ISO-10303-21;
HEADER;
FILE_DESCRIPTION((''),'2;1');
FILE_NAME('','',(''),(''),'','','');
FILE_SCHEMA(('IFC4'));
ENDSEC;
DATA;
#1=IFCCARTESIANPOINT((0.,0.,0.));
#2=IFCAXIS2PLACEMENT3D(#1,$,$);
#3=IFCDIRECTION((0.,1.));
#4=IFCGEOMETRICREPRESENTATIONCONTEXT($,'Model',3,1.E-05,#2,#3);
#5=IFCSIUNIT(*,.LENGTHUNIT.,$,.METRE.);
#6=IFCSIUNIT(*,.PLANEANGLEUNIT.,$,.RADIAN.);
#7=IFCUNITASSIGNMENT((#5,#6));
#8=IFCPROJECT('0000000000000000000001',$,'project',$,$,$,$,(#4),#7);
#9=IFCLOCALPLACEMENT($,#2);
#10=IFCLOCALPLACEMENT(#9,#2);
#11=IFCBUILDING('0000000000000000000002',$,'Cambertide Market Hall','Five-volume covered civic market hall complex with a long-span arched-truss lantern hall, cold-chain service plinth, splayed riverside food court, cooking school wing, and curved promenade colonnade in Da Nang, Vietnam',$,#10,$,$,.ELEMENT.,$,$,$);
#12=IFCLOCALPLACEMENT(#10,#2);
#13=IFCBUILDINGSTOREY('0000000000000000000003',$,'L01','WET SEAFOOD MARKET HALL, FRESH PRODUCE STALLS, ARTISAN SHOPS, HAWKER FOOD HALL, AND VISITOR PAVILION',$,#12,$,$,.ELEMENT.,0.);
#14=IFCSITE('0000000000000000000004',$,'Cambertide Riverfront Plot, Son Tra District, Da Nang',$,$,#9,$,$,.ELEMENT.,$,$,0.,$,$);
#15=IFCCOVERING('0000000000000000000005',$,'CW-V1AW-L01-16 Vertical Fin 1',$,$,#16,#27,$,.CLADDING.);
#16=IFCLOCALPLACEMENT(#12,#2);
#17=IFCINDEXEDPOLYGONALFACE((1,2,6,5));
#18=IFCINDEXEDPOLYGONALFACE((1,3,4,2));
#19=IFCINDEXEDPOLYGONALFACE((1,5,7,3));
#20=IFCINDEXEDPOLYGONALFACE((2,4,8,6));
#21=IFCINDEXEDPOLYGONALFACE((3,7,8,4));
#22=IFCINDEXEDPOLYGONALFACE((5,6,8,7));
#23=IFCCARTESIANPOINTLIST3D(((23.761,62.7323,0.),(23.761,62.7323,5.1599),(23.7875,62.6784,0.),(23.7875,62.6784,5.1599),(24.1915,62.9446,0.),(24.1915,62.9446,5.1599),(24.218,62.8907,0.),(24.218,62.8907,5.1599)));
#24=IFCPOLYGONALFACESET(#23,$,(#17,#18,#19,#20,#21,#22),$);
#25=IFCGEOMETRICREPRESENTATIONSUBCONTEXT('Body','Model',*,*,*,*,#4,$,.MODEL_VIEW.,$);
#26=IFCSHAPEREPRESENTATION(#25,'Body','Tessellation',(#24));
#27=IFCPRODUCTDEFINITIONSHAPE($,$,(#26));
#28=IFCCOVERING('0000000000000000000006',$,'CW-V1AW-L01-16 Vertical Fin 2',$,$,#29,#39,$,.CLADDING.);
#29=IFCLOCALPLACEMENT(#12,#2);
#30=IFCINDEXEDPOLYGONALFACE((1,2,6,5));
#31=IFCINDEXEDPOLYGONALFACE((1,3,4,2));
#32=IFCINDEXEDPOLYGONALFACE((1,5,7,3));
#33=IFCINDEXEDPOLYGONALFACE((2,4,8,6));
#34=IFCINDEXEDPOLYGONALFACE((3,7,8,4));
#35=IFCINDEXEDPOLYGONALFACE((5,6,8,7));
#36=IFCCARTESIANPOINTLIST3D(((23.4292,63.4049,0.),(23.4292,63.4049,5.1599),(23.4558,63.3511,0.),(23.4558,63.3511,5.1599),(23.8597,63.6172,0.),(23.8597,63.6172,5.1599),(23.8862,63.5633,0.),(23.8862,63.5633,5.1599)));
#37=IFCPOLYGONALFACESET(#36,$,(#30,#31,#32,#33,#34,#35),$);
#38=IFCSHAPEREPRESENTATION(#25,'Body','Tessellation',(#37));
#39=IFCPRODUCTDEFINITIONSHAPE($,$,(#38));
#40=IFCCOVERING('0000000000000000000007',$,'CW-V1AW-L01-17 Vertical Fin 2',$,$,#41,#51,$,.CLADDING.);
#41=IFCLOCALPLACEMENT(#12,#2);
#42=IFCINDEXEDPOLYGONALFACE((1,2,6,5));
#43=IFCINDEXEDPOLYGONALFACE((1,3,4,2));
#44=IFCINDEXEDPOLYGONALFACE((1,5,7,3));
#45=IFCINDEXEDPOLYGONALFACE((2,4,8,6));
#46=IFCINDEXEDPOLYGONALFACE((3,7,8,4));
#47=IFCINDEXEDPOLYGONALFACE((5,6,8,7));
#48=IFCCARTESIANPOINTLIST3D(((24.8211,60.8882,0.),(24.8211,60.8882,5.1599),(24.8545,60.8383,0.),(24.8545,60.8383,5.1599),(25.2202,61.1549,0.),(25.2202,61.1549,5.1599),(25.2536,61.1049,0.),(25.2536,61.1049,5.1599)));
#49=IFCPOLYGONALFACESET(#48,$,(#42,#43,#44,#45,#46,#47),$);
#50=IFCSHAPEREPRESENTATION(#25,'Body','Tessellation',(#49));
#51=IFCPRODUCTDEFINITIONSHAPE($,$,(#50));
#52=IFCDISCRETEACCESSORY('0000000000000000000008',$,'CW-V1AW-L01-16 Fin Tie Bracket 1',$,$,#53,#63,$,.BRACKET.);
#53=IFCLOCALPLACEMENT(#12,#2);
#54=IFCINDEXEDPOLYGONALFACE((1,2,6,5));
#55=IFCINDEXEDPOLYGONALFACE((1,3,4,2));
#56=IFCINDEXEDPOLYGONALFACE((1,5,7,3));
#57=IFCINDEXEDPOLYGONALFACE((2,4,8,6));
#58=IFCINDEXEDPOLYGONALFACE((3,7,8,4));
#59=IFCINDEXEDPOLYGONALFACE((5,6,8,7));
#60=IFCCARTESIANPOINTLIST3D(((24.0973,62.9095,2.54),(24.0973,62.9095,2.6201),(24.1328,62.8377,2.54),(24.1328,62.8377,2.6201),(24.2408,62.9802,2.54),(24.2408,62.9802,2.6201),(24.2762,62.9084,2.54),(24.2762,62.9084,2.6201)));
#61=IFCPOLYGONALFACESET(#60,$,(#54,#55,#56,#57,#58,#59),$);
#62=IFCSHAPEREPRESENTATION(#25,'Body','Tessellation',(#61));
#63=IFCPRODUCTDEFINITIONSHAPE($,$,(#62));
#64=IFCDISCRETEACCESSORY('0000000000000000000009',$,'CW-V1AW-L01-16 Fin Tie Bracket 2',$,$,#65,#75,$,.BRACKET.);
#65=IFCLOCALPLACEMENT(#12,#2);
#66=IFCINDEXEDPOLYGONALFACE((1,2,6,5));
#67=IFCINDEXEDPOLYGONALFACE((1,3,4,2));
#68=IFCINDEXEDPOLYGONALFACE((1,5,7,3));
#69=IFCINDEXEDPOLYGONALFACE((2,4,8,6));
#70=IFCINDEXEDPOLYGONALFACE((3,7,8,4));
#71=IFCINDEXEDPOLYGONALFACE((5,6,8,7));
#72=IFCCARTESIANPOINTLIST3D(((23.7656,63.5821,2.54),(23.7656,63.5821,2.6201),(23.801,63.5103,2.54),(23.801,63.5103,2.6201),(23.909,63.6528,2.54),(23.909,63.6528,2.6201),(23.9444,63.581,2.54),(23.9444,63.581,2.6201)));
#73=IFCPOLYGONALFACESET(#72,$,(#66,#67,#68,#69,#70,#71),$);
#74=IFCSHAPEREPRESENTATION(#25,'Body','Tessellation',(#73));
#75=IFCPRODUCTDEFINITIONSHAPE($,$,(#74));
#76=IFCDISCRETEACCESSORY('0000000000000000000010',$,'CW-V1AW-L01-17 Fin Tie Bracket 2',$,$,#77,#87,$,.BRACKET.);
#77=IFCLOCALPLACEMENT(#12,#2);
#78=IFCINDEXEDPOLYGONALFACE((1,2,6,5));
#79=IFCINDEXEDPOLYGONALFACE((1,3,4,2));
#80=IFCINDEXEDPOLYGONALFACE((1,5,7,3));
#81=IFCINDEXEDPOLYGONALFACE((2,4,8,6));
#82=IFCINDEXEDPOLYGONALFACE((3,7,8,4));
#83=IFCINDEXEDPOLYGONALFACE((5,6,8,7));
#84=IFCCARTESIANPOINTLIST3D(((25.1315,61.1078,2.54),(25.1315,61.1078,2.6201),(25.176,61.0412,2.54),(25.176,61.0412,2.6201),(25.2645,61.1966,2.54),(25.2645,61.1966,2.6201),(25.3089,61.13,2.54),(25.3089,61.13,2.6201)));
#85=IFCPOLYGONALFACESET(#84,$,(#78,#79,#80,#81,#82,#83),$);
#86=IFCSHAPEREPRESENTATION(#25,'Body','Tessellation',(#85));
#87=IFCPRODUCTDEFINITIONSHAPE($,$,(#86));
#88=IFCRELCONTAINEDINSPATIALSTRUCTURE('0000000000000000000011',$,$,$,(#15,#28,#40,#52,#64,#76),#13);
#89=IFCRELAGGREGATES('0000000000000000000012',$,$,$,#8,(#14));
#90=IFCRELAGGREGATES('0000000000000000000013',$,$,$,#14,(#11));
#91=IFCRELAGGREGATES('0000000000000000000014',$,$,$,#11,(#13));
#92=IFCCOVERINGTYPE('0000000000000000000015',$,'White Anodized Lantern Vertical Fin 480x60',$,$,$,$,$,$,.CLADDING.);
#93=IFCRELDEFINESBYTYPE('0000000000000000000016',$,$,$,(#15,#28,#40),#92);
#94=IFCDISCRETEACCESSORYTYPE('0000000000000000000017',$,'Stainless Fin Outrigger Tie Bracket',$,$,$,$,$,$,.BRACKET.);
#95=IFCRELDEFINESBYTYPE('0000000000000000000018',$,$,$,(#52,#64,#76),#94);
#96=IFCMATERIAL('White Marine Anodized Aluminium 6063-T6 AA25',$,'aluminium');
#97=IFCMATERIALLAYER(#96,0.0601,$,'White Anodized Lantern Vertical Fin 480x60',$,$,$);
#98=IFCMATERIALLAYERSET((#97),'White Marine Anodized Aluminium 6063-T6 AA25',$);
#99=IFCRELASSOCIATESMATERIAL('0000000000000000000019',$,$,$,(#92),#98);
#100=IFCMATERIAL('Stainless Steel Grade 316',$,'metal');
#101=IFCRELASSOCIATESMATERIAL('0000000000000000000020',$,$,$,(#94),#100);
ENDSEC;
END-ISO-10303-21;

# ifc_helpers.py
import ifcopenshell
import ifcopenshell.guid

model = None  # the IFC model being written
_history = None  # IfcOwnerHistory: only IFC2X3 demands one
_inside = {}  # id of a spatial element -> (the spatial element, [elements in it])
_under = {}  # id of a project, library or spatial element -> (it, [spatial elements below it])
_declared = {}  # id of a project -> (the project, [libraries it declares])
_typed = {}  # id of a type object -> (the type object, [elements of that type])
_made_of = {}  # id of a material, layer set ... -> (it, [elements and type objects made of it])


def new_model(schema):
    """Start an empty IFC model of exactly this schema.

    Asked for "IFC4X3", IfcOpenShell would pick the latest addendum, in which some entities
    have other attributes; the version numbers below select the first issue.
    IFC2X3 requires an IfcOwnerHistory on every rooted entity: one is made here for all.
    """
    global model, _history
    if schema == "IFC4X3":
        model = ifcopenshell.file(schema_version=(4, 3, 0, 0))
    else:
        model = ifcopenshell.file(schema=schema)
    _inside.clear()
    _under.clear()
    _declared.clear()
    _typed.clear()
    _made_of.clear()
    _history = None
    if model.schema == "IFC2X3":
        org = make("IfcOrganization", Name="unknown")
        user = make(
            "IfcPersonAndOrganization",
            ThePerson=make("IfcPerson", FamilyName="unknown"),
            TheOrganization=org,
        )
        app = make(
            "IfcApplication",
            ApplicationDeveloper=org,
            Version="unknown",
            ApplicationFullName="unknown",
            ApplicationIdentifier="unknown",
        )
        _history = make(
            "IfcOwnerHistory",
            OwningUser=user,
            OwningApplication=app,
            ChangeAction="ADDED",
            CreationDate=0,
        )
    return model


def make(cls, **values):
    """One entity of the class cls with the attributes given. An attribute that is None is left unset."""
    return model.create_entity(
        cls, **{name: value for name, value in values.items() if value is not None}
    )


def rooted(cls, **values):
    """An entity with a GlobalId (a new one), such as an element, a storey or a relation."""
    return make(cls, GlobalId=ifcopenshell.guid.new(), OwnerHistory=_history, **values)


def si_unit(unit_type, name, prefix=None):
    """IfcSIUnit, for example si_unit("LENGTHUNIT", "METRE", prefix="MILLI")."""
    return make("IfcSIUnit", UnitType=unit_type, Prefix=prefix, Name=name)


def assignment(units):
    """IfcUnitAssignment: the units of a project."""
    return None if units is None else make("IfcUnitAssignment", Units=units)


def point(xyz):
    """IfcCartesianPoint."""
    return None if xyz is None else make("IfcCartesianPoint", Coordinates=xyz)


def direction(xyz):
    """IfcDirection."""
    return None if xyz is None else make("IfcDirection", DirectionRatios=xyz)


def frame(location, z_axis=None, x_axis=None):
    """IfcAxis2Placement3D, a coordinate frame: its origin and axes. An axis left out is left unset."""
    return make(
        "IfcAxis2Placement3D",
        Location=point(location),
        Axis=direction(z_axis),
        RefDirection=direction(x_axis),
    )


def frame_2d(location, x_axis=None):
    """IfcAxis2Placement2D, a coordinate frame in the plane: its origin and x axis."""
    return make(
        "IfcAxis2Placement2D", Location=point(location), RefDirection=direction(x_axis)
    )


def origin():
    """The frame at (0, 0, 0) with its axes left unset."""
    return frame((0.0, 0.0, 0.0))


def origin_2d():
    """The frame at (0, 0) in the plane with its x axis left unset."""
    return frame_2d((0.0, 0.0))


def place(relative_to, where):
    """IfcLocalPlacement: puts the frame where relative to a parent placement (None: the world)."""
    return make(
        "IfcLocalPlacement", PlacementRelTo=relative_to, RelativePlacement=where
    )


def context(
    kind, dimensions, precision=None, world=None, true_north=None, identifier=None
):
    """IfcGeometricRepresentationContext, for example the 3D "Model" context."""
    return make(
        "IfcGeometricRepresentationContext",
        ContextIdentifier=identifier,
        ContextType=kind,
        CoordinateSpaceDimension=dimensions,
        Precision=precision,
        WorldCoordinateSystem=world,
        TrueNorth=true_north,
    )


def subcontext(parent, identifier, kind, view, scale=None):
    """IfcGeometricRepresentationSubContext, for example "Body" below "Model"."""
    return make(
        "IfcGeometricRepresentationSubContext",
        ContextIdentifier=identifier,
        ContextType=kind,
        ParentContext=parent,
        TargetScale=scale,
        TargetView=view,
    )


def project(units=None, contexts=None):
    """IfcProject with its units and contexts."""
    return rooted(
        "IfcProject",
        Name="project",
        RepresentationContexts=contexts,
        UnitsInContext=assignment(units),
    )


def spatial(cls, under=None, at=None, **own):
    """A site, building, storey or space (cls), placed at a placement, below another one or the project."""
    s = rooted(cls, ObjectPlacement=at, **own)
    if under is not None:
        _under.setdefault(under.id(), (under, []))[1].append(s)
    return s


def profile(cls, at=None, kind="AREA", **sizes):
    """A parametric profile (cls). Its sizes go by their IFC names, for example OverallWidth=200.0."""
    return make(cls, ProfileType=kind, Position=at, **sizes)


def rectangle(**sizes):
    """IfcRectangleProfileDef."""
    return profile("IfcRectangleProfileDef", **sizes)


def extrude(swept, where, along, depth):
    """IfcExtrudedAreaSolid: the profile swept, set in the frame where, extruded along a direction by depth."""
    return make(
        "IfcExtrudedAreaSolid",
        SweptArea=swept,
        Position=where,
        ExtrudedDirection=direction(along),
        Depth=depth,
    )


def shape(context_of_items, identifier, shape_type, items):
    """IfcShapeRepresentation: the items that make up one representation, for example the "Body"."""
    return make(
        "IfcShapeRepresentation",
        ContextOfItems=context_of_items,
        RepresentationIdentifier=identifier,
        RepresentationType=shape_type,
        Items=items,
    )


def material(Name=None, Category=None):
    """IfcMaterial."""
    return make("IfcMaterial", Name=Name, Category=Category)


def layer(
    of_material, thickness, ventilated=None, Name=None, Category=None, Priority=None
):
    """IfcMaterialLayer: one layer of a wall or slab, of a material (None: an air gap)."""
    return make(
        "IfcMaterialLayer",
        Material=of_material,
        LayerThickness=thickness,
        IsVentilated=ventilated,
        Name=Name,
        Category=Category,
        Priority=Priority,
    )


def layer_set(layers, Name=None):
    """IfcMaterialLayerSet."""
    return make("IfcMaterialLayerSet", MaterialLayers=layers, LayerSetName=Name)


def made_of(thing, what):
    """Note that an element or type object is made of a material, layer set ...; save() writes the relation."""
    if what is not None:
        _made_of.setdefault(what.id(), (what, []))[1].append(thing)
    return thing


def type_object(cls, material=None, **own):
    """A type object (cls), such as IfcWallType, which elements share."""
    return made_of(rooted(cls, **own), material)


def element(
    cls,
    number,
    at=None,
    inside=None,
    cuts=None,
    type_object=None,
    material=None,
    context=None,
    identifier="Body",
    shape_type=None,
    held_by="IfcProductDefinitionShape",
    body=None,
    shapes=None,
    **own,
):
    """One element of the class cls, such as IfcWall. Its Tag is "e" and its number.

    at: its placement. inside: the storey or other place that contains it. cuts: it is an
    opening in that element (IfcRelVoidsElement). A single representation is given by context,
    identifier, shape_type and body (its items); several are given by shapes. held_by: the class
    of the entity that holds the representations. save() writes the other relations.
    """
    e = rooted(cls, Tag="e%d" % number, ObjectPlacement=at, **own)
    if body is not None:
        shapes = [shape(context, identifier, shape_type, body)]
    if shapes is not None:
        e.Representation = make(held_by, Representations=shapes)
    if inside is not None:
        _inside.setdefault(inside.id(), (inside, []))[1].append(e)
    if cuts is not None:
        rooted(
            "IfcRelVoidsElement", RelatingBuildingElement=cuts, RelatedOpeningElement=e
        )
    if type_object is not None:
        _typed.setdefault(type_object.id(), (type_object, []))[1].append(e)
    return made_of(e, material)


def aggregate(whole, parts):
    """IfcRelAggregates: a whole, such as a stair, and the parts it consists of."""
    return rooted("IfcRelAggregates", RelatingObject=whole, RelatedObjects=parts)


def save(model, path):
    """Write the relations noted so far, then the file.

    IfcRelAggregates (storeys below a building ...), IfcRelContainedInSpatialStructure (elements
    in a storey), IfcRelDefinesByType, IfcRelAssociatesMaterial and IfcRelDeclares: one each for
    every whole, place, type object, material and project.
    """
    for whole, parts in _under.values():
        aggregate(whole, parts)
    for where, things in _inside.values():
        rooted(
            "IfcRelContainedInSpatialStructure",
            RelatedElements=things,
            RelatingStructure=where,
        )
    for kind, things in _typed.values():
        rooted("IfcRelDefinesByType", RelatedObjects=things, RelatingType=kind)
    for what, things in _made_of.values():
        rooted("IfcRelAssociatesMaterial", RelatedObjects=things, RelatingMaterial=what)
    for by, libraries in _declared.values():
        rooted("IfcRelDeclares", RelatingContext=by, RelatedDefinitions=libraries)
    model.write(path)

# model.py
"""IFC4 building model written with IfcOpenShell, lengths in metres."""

from ifc_helpers import new_model, si_unit, direction, frame, origin, origin_2d, place, context, subcontext, project, spatial, rectangle, extrude, material, layer, layer_set, type_object, element, save


model = new_model("IFC4")

# Units and contexts
model_context = context("Model", 3, precision=1e-05, world=origin(), true_north=direction((0.0, 1.0)))
body_context = subcontext(model_context, "Body", "Model", "MODEL_VIEW")
ifc_project = project(units=[si_unit("LENGTHUNIT", "METRE"), si_unit("PLANEANGLEUNIT", "RADIAN")], contexts=[model_context])

# Site, building, storey
site_placement = place(None, origin())
site = spatial("IfcSite", under=ifc_project, at=site_placement, Name="Cambertide Riverfront Plot, Son Tra District, Da Nang", CompositionType="ELEMENT", RefElevation=0.0)
building_placement = place(site_placement, origin())
building = spatial("IfcBuilding", under=site, at=building_placement, Name="Cambertide Market Hall", Description="Five-volume covered civic market hall complex with a long-span arched-truss lantern hall, cold-chain service plinth, splayed riverside food court, cooking school wing, and curved promenade colonnade in Da Nang, Vietnam", CompositionType="ELEMENT")
storey_placement = place(building_placement, origin())
storey = spatial("IfcBuildingStorey", under=building, at=storey_placement, Name="L01", Description="WET SEAFOOD MARKET HALL, FRESH PRODUCE STALLS, ARTISAN SHOPS, HAWKER FOOD HALL, AND VISITOR PAVILION", CompositionType="ELEMENT", Elevation=0.0)

# Coverings
ifc_material_1 = material(Name="White Marine Anodized Aluminium 6063-T6 AA25", Category="aluminium")
ifc_layer_1 = layer(ifc_material_1, 0.0601, Name="White Anodized Lantern Vertical Fin 480x60")
ifc_layer_set_1 = layer_set([ifc_layer_1], Name="White Marine Anodized Aluminium 6063-T6 AA25")
covering_type = type_object("IfcCoveringType", Name="White Anodized Lantern Vertical Fin 480x60", PredefinedType="CLADDING", material=ifc_layer_set_1)
for number, where, z_axis, x_axis, name in (
    (1, (23.9895, 62.8115, 0.0), (0.0, 0.0, 1.0), (-0.442289, 0.896873, 0.0), "CW-V1AW-L01-16 Vertical Fin 1"),
    (2, (23.6577, 63.4841, 0.0), (0.0, 0.0, 1.0), (-0.442289, 0.896873, 0.0), "CW-V1AW-L01-16 Vertical Fin 2"),
    (3, (25.0374, 60.9966, 0.0), (0.0, 0.0, 1.0), (-0.55557, 0.83147, 0.0), "CW-V1AW-L01-17 Vertical Fin 2"),
):
    element("IfcCovering", number, at=place(storey_placement, frame(where, z_axis=z_axis, x_axis=x_axis)), inside=storey, type_object=covering_type, Name=name, PredefinedType="CLADDING", context=body_context, shape_type="SweptSolid", body=[
        extrude(rectangle(XDim=0.0601, YDim=0.48, at=origin_2d()), origin(), (0.0, 0.0, 1.0), 5.1599),
    ])

# Discrete accessories
ifc_material_2 = material(Name="Stainless Steel Grade 316", Category="metal")
discrete_accessory_type = type_object("IfcDiscreteAccessoryType", Name="Stainless Fin Outrigger Tie Bracket", PredefinedType="BRACKET", material=ifc_material_2)
for number, where, z_axis, x_axis, name in (
    (4, (24.1868, 62.9089, 2.54), (0.0, 0.0, 1.0), (-0.442289, 0.896873, 0.0), "CW-V1AW-L01-16 Fin Tie Bracket 1"),
    (5, (23.855, 63.5815, 2.54), (0.0, 0.0, 1.0), (-0.442289, 0.896873, 0.0), "CW-V1AW-L01-16 Fin Tie Bracket 2"),
    (6, (25.2202, 61.1189, 2.54), (0.0, 0.0, 1.0), (-0.55557, 0.83147, 0.0), "CW-V1AW-L01-17 Fin Tie Bracket 2"),
):
    element("IfcDiscreteAccessory", number, at=place(storey_placement, frame(where, z_axis=z_axis, x_axis=x_axis)), inside=storey, type_object=discrete_accessory_type, Name=name, PredefinedType="BRACKET", context=body_context, shape_type="SweptSolid", body=[
        extrude(rectangle(XDim=0.0801, YDim=0.1599, at=origin_2d()), origin(), (0.0, 0.0, 1.0), 0.0801),
    ])

save(model, "model.ifc")
